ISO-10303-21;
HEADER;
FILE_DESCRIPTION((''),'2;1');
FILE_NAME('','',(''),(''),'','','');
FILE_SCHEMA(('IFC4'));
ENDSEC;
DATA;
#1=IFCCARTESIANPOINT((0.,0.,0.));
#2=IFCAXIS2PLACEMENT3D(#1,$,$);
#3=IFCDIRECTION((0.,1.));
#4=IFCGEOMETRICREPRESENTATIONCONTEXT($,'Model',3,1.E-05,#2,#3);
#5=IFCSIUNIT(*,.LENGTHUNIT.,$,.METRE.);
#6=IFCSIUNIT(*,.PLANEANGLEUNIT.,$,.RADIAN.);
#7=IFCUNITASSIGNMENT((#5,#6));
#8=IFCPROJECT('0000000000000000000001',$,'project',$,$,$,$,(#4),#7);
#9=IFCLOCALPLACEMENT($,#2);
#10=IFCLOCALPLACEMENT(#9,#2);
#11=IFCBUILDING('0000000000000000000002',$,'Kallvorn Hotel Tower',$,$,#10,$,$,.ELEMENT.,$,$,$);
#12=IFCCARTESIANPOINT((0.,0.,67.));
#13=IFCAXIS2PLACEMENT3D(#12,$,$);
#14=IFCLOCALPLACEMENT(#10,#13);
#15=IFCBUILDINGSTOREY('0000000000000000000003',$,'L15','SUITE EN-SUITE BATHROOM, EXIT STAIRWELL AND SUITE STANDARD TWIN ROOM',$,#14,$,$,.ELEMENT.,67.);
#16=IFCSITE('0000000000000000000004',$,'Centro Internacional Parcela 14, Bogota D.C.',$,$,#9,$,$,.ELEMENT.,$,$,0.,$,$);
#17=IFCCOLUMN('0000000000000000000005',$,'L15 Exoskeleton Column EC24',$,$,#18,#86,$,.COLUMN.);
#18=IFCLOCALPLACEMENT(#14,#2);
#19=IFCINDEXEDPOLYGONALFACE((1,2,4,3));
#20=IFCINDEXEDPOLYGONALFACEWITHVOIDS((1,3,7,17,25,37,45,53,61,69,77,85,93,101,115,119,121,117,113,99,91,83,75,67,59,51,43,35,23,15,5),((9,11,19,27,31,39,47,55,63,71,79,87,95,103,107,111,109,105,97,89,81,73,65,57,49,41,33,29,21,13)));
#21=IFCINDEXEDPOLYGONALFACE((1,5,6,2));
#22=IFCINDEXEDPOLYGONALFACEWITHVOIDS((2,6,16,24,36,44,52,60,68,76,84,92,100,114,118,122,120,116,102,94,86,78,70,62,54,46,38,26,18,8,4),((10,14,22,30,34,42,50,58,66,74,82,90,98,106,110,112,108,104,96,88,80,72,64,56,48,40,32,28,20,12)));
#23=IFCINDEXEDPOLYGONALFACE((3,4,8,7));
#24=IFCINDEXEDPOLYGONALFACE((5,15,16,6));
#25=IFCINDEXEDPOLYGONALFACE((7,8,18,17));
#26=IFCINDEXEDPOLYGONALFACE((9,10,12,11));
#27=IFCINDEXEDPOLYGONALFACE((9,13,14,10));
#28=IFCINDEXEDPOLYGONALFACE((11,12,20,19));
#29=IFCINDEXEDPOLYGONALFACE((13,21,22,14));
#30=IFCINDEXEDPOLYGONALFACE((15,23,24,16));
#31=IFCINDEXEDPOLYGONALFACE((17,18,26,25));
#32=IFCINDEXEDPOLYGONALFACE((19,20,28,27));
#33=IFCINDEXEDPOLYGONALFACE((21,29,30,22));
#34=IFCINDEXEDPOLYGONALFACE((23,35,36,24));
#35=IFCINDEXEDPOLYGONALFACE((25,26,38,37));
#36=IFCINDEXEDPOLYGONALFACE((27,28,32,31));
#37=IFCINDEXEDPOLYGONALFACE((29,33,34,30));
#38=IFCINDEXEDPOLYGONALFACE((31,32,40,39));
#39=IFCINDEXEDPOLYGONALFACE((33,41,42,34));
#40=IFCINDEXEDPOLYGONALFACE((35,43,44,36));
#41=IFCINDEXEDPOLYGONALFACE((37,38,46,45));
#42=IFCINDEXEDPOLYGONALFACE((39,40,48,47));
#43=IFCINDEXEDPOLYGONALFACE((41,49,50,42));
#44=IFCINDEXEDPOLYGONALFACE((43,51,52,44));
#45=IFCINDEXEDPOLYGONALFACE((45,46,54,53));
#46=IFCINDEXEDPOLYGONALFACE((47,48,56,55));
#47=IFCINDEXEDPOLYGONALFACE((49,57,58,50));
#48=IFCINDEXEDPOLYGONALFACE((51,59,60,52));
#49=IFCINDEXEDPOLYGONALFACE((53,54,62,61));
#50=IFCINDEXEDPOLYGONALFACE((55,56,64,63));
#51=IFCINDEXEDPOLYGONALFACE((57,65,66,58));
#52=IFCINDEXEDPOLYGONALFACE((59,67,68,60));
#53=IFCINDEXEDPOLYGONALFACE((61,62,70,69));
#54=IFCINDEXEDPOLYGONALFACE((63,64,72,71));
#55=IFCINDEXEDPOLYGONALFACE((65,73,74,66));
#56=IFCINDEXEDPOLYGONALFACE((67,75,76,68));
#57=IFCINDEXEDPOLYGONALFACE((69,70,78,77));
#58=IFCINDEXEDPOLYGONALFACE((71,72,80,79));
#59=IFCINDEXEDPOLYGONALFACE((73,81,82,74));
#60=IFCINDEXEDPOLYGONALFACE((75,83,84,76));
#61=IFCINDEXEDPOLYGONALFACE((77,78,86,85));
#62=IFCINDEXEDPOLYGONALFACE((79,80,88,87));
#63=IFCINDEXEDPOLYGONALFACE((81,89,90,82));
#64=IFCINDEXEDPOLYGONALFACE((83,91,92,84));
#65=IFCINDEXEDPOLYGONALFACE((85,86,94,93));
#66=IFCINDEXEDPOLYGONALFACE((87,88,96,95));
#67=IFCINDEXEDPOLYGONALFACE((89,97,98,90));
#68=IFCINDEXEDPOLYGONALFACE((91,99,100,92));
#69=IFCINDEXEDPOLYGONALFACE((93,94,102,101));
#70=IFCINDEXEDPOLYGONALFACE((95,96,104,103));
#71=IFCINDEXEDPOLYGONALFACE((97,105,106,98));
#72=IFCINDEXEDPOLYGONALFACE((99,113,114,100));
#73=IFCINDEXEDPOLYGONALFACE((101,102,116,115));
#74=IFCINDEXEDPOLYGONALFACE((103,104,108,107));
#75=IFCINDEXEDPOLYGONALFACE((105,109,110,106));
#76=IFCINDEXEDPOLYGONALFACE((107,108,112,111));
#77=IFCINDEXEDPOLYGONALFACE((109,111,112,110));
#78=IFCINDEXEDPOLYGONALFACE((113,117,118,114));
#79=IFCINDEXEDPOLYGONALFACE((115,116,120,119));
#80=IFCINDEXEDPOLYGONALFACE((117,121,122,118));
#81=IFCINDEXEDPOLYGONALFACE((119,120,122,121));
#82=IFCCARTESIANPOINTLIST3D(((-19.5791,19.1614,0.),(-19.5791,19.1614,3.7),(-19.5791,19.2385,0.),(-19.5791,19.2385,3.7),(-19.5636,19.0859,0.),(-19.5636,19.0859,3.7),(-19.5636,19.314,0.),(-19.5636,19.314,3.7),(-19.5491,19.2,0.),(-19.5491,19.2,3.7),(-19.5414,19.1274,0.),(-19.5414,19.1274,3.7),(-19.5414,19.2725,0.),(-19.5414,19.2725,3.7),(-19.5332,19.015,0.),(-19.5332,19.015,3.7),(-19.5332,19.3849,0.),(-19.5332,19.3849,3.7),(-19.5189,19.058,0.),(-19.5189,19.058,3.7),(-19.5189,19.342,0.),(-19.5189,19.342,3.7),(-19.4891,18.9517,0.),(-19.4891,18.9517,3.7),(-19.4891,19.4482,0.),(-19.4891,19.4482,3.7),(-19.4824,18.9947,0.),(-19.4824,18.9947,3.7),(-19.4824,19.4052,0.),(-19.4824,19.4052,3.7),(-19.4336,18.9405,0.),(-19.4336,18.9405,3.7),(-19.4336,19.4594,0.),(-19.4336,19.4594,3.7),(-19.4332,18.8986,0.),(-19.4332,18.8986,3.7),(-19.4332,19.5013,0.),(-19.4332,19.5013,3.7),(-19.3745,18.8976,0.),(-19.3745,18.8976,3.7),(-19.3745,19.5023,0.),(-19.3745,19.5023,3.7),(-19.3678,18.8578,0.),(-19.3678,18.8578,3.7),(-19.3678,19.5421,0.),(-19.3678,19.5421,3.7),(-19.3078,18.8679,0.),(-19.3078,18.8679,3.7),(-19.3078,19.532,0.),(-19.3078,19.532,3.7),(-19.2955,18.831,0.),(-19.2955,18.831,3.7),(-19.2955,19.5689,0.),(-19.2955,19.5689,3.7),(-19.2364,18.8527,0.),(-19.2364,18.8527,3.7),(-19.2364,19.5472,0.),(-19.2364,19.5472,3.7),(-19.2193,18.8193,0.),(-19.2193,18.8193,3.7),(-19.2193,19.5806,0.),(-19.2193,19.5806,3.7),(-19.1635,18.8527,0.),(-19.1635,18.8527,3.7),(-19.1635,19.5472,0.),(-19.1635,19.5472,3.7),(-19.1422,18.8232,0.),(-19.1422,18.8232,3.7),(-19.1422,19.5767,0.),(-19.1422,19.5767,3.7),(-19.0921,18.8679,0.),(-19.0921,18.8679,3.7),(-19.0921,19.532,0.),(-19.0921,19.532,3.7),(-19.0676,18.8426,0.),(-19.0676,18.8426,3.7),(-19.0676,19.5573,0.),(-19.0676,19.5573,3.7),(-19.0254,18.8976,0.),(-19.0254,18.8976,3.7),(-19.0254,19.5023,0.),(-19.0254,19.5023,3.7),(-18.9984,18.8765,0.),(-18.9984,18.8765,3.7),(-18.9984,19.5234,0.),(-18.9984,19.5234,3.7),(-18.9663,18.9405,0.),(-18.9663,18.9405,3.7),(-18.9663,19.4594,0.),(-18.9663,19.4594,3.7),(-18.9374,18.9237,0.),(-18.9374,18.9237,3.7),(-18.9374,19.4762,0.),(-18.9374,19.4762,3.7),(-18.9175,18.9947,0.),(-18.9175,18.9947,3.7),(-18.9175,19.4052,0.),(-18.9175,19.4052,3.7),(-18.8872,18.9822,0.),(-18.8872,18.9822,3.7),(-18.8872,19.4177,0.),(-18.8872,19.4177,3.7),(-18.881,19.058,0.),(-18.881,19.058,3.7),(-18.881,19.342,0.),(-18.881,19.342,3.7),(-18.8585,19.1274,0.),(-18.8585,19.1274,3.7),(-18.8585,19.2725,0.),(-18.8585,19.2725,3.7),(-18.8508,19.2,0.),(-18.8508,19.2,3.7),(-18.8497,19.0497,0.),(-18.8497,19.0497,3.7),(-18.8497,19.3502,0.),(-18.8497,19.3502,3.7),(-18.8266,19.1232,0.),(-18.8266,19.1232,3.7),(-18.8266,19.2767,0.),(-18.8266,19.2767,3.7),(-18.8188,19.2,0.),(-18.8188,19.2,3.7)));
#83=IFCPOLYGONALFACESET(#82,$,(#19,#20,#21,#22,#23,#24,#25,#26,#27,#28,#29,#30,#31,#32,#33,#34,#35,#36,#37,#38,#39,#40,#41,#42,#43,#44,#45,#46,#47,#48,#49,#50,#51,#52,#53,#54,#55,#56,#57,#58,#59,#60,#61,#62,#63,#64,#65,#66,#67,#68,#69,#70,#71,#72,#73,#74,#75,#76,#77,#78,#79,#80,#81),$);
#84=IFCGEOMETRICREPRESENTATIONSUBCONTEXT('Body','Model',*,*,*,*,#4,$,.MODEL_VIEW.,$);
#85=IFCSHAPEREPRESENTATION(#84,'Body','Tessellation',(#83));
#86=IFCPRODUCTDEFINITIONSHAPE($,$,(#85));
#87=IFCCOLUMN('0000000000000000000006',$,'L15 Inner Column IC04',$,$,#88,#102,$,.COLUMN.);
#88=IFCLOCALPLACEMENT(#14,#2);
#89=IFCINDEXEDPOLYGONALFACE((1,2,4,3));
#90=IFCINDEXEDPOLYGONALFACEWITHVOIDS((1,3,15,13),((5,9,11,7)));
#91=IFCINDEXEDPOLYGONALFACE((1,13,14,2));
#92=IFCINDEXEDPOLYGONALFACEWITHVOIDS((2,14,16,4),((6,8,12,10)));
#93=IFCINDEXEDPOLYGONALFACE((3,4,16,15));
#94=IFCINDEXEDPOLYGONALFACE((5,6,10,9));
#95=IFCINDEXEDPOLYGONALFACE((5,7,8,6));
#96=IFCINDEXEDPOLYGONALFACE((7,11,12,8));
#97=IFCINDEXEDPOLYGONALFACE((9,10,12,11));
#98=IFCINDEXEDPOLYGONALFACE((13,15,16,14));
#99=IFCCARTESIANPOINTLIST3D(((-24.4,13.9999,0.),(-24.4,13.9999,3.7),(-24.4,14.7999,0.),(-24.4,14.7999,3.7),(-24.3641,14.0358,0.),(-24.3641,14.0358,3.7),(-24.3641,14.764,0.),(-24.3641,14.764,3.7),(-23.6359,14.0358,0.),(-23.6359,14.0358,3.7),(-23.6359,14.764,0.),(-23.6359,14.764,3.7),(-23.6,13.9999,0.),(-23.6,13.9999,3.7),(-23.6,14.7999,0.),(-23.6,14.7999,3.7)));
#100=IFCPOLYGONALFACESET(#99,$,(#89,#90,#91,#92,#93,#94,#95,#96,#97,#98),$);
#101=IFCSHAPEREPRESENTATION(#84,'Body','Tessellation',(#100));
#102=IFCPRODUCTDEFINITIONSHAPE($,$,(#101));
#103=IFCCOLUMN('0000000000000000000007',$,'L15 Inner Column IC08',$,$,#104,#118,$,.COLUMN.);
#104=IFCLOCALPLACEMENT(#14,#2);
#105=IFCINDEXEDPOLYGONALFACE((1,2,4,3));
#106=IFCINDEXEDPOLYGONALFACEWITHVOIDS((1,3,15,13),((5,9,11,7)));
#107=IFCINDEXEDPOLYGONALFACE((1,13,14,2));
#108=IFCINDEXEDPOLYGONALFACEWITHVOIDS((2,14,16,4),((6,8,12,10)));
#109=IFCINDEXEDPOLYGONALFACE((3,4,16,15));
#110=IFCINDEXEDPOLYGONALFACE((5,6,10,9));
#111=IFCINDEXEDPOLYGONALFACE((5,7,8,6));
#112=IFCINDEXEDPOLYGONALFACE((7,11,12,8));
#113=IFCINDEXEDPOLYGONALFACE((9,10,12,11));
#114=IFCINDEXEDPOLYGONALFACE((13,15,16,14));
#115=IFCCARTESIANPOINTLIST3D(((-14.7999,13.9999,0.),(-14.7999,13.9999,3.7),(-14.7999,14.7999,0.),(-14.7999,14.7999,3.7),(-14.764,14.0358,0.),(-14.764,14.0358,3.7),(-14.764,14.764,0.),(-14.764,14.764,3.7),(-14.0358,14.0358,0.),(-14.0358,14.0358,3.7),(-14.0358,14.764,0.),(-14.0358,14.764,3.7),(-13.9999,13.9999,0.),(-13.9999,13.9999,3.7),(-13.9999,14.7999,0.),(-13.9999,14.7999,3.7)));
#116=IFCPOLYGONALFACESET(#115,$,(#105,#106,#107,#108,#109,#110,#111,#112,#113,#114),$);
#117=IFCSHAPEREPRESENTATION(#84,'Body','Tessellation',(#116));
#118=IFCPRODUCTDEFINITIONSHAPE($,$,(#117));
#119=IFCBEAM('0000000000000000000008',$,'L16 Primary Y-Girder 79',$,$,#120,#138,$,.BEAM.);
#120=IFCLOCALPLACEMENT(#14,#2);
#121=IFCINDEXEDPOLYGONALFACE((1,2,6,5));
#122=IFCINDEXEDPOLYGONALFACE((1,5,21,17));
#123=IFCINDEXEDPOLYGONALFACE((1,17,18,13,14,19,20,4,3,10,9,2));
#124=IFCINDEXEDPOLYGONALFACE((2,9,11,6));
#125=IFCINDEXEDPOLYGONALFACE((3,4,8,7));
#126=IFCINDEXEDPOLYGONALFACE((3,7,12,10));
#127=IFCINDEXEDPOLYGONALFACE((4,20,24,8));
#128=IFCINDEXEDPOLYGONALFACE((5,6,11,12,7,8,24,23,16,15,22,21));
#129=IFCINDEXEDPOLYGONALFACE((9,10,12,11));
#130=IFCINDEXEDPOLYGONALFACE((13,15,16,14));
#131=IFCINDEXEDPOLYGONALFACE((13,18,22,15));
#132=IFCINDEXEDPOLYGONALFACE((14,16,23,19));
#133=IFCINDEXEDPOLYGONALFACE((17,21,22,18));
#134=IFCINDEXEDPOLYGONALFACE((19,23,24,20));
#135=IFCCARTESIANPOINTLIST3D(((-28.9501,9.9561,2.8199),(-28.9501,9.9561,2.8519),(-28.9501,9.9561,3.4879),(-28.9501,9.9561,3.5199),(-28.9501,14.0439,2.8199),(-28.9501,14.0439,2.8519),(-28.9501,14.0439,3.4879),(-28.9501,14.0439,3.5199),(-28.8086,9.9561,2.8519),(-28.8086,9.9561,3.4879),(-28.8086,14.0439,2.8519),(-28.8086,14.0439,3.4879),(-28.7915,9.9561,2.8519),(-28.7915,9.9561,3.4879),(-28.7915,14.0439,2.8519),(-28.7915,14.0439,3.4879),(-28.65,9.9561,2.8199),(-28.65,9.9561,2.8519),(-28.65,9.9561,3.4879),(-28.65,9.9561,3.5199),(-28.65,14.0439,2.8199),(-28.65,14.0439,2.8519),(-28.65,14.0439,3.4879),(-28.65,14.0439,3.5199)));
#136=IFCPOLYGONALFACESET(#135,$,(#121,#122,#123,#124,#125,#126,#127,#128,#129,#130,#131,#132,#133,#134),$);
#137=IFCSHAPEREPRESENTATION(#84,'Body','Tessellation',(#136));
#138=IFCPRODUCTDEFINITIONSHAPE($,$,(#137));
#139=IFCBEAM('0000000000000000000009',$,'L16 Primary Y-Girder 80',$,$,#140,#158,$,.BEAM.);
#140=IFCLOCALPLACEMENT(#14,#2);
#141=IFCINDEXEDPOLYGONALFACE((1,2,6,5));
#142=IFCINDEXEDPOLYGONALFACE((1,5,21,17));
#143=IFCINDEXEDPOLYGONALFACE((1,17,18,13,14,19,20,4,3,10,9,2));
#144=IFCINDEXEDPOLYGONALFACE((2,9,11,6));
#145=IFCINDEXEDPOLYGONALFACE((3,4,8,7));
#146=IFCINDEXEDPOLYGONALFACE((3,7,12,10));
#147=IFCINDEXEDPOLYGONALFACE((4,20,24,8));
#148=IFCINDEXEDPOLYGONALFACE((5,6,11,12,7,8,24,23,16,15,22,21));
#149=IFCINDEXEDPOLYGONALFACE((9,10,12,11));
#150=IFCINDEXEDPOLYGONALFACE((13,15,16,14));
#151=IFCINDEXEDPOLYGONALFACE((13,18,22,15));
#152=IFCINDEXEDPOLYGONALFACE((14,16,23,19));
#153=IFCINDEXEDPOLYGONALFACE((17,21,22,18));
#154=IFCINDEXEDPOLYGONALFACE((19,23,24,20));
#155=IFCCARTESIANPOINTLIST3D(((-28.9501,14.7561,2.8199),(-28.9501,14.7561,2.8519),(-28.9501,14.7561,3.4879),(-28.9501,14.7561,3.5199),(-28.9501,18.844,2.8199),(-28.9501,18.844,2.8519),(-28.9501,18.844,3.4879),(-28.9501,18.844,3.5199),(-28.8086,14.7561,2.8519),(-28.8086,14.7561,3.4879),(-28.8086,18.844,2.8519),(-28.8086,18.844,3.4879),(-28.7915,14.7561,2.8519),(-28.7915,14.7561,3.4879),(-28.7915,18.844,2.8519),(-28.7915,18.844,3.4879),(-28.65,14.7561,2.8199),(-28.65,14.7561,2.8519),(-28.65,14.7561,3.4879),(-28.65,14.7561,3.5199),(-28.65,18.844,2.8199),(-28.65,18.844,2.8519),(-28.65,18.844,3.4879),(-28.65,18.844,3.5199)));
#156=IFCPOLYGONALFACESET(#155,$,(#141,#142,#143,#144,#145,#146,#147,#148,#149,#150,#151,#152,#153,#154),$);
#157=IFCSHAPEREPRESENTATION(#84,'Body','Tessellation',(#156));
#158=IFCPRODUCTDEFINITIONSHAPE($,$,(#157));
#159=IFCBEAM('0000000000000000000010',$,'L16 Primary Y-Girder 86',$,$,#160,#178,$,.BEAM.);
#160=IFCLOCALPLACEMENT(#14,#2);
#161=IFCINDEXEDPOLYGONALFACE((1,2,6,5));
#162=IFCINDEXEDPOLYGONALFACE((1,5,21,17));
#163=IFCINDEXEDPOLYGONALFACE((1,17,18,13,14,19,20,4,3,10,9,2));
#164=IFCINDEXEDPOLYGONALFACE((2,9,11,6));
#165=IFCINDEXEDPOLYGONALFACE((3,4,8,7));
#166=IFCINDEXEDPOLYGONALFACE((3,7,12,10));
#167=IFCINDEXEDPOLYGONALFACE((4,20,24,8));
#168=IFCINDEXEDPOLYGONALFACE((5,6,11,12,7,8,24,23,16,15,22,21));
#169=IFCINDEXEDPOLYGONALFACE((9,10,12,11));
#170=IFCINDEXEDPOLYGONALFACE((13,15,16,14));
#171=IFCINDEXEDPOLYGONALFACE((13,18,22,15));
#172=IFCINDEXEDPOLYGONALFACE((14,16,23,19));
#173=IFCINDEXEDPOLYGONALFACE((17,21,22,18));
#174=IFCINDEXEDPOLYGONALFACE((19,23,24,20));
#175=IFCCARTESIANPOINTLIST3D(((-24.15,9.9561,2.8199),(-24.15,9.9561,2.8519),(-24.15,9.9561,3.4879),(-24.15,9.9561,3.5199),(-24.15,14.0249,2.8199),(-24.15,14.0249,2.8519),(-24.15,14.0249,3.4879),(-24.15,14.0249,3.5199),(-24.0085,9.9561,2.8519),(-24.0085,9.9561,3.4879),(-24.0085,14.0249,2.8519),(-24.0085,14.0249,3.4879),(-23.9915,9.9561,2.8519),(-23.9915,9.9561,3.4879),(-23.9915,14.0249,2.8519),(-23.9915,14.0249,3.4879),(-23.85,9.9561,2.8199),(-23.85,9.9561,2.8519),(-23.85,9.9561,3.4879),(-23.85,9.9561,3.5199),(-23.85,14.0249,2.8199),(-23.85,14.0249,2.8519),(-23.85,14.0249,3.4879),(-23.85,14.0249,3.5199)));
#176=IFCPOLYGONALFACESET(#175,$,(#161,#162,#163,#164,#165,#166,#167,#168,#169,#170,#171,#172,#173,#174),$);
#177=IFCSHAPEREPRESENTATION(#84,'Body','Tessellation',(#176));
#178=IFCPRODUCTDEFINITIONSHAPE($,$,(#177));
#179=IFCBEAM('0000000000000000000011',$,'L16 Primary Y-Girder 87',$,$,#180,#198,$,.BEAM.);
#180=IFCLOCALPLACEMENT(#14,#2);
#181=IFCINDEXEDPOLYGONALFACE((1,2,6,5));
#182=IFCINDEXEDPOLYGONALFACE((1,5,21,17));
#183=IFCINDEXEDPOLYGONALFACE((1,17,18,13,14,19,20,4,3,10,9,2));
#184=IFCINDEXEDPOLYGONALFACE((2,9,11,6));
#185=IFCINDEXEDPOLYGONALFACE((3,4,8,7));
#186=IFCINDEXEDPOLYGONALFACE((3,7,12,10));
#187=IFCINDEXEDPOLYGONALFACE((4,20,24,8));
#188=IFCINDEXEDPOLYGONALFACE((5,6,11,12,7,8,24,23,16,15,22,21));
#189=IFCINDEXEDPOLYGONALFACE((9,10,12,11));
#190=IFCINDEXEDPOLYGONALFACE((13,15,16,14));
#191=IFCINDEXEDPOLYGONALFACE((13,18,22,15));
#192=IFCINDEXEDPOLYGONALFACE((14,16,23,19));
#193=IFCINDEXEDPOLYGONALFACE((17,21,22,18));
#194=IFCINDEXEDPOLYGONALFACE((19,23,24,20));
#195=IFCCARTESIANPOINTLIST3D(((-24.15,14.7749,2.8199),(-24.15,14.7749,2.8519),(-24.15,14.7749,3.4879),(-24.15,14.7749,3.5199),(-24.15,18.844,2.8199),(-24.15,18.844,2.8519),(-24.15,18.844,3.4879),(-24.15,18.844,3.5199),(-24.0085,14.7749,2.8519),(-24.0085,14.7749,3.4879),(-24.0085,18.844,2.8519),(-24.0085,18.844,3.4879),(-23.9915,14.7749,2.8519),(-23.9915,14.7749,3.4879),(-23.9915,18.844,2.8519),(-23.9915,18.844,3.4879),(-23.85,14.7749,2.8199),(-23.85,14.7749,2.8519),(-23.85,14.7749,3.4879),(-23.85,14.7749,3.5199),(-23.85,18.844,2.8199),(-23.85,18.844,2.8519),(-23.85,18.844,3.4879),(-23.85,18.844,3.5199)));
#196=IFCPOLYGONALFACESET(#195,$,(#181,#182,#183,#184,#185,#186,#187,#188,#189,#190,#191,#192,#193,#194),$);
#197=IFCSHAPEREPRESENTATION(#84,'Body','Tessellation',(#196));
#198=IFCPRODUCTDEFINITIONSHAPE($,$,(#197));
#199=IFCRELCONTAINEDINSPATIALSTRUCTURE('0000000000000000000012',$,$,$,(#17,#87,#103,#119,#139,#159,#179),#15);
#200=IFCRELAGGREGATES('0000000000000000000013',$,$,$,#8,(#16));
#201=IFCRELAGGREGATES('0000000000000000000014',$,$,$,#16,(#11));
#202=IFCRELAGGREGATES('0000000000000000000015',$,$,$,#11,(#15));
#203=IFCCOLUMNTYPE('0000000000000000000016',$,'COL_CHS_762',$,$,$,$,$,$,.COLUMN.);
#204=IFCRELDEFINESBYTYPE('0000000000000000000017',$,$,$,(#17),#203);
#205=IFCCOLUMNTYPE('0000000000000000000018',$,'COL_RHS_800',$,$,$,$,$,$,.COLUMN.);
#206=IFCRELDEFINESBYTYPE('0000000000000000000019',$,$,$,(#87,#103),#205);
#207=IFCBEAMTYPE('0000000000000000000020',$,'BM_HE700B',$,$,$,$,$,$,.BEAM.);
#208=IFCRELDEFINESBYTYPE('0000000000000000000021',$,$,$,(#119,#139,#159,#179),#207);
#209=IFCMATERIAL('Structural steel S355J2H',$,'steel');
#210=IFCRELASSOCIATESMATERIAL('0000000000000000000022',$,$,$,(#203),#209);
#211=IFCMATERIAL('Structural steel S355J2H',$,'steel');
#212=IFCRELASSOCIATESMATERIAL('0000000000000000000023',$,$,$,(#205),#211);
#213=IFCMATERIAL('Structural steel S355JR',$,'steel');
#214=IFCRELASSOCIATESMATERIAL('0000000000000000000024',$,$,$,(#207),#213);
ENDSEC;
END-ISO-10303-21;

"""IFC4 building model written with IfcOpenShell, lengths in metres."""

from ifc_helpers import new_model, si_unit, direction, frame, origin, origin_2d, place, context, subcontext, project, spatial, hollow_rectangle, hollow_circle, i_section, extrude, material, material_profile, profile_set, type_object, element, save


model = new_model("IFC4")

# Units and contexts
model_context = context("Model", 3, precision=1e-05, world=origin(), true_north=direction((0.0, 1.0)))
body_context = subcontext(model_context, "Body", "Model", "MODEL_VIEW")
ifc_project = project(units=[si_unit("LENGTHUNIT", "METRE"), si_unit("PLANEANGLEUNIT", "RADIAN")], contexts=[model_context])

# Site, building, storey
site_placement = place(None, origin())
site = spatial("IfcSite", under=ifc_project, at=site_placement, Name="Centro Internacional Parcela 14, Bogota D.C.", CompositionType="ELEMENT", RefElevation=0.0)
building_placement = place(site_placement, origin())
building = spatial("IfcBuilding", under=site, at=building_placement, Name="Kallvorn Hotel Tower", CompositionType="ELEMENT")
storey_placement = place(building_placement, frame((0.0, 0.0, 67.0)))
storey = spatial("IfcBuildingStorey", under=building, at=storey_placement, Name="L15", Description="SUITE EN-SUITE BATHROOM, EXIT STAIRWELL AND SUITE STANDARD TWIN ROOM", CompositionType="ELEMENT", Elevation=67.0)

# Columns
ifc_material_1 = material(Name="Structural steel S355J2H", Category="steel")
ifc_material_profile_1 = material_profile(ifc_material_1, hollow_circle(Radius=0.3811, WallThickness=0.032, at=origin_2d()), Name="CHS 762x32")
ifc_profile_set_1 = profile_set([ifc_material_profile_1], Name="Structural steel S355J2H")
column_type_1 = type_object("IfcColumnType", Name="COL_CHS_762", PredefinedType="COLUMN", material=ifc_profile_set_1)
for number, where, z_axis, x_axis, name in (
    (1, (-19.2, 19.2, 0.0), (0.0, 0.0, 1.0), (1.0, 0.0, 0.0), "L15 Exoskeleton Column EC24"),
):
    element("IfcColumn", number, at=place(storey_placement, frame(where, z_axis=z_axis, x_axis=x_axis)), inside=storey, type_object=column_type_1, Name=name, PredefinedType="COLUMN", context=body_context, shape_type="SweptSolid", body=[
        extrude(hollow_circle(Radius=0.3811, WallThickness=0.032, at=origin_2d()), origin(), (0.0, 0.0, 1.0), 3.7),
    ])
ifc_material_2 = material(Name="Structural steel S355J2H", Category="steel")
ifc_material_profile_2 = material_profile(ifc_material_2, hollow_rectangle(XDim=0.8, YDim=0.8, WallThickness=0.0359, at=origin_2d()), Name="RHS 800x800x36")
ifc_profile_set_2 = profile_set([ifc_material_profile_2], Name="Structural steel S355J2H")
column_type_2 = type_object("IfcColumnType", Name="COL_RHS_800", PredefinedType="COLUMN", material=ifc_profile_set_2)
for number, where, z_axis, x_axis, name in (
    (2, (-24.0, 14.3999, 0.0), (0.0, 0.0, 1.0), (1.0, 0.0, 0.0), "L15 Inner Column IC04"),
    (3, (-14.3999, 14.3999, 0.0), (0.0, 0.0, 1.0), (1.0, 0.0, 0.0), "L15 Inner Column IC08"),
):
    element("IfcColumn", number, at=place(storey_placement, frame(where, z_axis=z_axis, x_axis=x_axis)), inside=storey, type_object=column_type_2, Name=name, PredefinedType="COLUMN", context=body_context, shape_type="SweptSolid", body=[
        extrude(hollow_rectangle(XDim=0.8, YDim=0.8, WallThickness=0.0359, at=origin_2d()), origin(), (0.0, 0.0, 1.0), 3.7),
    ])

# Beams
ifc_material_3 = material(Name="Structural steel S355JR", Category="steel")
ifc_material_profile_3 = material_profile(ifc_material_3, i_section(OverallWidth=0.3, OverallDepth=0.7, WebThickness=0.0171, FlangeThickness=0.032, at=origin_2d()), Name="HE 700 B")
ifc_profile_set_3 = profile_set([ifc_material_profile_3], Name="Structural steel S355JR")
beam_type_1 = type_object("IfcBeamType", Name="BM_HE700B", PredefinedType="BEAM", material=ifc_profile_set_3)
for number, where, z_axis, x_axis, name in (
    (4, (-28.8, 9.9561, 3.1699), (0.0, 1.0, 0.0), (-1.0, 0.0, 0.0), "L16 Primary Y-Girder 79"),
    (5, (-28.8, 14.7561, 3.1699), (0.0, 1.0, 0.0), (-1.0, 0.0, 0.0), "L16 Primary Y-Girder 80"),
):
    element("IfcBeam", number, at=place(storey_placement, frame(where, z_axis=z_axis, x_axis=x_axis)), inside=storey, type_object=beam_type_1, Name=name, PredefinedType="BEAM", context=body_context, shape_type="SweptSolid", body=[
        extrude(i_section(OverallWidth=0.3, OverallDepth=0.7, WebThickness=0.0171, FlangeThickness=0.032, at=origin_2d()), origin(), (0.0, 0.0, 1.0), 4.0879),
    ])
beam_1_placement = place(storey_placement, frame((-24.0, 9.9561, 3.1699), z_axis=(0.0, 1.0, 0.0), x_axis=(-1.0, 0.0, 0.0)))
element("IfcBeam", 6, at=beam_1_placement, inside=storey, type_object=beam_type_1, Name="L16 Primary Y-Girder 86", PredefinedType="BEAM", context=body_context, shape_type="SweptSolid", body=[
    extrude(i_section(OverallWidth=0.3, OverallDepth=0.7, WebThickness=0.0171, FlangeThickness=0.032, at=origin_2d()), origin(), (0.0, 0.0, 1.0), 4.0688),
])
beam_2_placement = place(storey_placement, frame((-24.0, 14.7749, 3.1699), z_axis=(0.0, 1.0, 0.0), x_axis=(-1.0, 0.0, 0.0)))
element("IfcBeam", 7, at=beam_2_placement, inside=storey, type_object=beam_type_1, Name="L16 Primary Y-Girder 87", PredefinedType="BEAM", context=body_context, shape_type="SweptSolid", body=[
    extrude(i_section(OverallWidth=0.3, OverallDepth=0.7, WebThickness=0.0171, FlangeThickness=0.032, at=origin_2d()), origin(), (0.0, 0.0, 1.0), 4.0691),
])

save(model, "model.ifc")
